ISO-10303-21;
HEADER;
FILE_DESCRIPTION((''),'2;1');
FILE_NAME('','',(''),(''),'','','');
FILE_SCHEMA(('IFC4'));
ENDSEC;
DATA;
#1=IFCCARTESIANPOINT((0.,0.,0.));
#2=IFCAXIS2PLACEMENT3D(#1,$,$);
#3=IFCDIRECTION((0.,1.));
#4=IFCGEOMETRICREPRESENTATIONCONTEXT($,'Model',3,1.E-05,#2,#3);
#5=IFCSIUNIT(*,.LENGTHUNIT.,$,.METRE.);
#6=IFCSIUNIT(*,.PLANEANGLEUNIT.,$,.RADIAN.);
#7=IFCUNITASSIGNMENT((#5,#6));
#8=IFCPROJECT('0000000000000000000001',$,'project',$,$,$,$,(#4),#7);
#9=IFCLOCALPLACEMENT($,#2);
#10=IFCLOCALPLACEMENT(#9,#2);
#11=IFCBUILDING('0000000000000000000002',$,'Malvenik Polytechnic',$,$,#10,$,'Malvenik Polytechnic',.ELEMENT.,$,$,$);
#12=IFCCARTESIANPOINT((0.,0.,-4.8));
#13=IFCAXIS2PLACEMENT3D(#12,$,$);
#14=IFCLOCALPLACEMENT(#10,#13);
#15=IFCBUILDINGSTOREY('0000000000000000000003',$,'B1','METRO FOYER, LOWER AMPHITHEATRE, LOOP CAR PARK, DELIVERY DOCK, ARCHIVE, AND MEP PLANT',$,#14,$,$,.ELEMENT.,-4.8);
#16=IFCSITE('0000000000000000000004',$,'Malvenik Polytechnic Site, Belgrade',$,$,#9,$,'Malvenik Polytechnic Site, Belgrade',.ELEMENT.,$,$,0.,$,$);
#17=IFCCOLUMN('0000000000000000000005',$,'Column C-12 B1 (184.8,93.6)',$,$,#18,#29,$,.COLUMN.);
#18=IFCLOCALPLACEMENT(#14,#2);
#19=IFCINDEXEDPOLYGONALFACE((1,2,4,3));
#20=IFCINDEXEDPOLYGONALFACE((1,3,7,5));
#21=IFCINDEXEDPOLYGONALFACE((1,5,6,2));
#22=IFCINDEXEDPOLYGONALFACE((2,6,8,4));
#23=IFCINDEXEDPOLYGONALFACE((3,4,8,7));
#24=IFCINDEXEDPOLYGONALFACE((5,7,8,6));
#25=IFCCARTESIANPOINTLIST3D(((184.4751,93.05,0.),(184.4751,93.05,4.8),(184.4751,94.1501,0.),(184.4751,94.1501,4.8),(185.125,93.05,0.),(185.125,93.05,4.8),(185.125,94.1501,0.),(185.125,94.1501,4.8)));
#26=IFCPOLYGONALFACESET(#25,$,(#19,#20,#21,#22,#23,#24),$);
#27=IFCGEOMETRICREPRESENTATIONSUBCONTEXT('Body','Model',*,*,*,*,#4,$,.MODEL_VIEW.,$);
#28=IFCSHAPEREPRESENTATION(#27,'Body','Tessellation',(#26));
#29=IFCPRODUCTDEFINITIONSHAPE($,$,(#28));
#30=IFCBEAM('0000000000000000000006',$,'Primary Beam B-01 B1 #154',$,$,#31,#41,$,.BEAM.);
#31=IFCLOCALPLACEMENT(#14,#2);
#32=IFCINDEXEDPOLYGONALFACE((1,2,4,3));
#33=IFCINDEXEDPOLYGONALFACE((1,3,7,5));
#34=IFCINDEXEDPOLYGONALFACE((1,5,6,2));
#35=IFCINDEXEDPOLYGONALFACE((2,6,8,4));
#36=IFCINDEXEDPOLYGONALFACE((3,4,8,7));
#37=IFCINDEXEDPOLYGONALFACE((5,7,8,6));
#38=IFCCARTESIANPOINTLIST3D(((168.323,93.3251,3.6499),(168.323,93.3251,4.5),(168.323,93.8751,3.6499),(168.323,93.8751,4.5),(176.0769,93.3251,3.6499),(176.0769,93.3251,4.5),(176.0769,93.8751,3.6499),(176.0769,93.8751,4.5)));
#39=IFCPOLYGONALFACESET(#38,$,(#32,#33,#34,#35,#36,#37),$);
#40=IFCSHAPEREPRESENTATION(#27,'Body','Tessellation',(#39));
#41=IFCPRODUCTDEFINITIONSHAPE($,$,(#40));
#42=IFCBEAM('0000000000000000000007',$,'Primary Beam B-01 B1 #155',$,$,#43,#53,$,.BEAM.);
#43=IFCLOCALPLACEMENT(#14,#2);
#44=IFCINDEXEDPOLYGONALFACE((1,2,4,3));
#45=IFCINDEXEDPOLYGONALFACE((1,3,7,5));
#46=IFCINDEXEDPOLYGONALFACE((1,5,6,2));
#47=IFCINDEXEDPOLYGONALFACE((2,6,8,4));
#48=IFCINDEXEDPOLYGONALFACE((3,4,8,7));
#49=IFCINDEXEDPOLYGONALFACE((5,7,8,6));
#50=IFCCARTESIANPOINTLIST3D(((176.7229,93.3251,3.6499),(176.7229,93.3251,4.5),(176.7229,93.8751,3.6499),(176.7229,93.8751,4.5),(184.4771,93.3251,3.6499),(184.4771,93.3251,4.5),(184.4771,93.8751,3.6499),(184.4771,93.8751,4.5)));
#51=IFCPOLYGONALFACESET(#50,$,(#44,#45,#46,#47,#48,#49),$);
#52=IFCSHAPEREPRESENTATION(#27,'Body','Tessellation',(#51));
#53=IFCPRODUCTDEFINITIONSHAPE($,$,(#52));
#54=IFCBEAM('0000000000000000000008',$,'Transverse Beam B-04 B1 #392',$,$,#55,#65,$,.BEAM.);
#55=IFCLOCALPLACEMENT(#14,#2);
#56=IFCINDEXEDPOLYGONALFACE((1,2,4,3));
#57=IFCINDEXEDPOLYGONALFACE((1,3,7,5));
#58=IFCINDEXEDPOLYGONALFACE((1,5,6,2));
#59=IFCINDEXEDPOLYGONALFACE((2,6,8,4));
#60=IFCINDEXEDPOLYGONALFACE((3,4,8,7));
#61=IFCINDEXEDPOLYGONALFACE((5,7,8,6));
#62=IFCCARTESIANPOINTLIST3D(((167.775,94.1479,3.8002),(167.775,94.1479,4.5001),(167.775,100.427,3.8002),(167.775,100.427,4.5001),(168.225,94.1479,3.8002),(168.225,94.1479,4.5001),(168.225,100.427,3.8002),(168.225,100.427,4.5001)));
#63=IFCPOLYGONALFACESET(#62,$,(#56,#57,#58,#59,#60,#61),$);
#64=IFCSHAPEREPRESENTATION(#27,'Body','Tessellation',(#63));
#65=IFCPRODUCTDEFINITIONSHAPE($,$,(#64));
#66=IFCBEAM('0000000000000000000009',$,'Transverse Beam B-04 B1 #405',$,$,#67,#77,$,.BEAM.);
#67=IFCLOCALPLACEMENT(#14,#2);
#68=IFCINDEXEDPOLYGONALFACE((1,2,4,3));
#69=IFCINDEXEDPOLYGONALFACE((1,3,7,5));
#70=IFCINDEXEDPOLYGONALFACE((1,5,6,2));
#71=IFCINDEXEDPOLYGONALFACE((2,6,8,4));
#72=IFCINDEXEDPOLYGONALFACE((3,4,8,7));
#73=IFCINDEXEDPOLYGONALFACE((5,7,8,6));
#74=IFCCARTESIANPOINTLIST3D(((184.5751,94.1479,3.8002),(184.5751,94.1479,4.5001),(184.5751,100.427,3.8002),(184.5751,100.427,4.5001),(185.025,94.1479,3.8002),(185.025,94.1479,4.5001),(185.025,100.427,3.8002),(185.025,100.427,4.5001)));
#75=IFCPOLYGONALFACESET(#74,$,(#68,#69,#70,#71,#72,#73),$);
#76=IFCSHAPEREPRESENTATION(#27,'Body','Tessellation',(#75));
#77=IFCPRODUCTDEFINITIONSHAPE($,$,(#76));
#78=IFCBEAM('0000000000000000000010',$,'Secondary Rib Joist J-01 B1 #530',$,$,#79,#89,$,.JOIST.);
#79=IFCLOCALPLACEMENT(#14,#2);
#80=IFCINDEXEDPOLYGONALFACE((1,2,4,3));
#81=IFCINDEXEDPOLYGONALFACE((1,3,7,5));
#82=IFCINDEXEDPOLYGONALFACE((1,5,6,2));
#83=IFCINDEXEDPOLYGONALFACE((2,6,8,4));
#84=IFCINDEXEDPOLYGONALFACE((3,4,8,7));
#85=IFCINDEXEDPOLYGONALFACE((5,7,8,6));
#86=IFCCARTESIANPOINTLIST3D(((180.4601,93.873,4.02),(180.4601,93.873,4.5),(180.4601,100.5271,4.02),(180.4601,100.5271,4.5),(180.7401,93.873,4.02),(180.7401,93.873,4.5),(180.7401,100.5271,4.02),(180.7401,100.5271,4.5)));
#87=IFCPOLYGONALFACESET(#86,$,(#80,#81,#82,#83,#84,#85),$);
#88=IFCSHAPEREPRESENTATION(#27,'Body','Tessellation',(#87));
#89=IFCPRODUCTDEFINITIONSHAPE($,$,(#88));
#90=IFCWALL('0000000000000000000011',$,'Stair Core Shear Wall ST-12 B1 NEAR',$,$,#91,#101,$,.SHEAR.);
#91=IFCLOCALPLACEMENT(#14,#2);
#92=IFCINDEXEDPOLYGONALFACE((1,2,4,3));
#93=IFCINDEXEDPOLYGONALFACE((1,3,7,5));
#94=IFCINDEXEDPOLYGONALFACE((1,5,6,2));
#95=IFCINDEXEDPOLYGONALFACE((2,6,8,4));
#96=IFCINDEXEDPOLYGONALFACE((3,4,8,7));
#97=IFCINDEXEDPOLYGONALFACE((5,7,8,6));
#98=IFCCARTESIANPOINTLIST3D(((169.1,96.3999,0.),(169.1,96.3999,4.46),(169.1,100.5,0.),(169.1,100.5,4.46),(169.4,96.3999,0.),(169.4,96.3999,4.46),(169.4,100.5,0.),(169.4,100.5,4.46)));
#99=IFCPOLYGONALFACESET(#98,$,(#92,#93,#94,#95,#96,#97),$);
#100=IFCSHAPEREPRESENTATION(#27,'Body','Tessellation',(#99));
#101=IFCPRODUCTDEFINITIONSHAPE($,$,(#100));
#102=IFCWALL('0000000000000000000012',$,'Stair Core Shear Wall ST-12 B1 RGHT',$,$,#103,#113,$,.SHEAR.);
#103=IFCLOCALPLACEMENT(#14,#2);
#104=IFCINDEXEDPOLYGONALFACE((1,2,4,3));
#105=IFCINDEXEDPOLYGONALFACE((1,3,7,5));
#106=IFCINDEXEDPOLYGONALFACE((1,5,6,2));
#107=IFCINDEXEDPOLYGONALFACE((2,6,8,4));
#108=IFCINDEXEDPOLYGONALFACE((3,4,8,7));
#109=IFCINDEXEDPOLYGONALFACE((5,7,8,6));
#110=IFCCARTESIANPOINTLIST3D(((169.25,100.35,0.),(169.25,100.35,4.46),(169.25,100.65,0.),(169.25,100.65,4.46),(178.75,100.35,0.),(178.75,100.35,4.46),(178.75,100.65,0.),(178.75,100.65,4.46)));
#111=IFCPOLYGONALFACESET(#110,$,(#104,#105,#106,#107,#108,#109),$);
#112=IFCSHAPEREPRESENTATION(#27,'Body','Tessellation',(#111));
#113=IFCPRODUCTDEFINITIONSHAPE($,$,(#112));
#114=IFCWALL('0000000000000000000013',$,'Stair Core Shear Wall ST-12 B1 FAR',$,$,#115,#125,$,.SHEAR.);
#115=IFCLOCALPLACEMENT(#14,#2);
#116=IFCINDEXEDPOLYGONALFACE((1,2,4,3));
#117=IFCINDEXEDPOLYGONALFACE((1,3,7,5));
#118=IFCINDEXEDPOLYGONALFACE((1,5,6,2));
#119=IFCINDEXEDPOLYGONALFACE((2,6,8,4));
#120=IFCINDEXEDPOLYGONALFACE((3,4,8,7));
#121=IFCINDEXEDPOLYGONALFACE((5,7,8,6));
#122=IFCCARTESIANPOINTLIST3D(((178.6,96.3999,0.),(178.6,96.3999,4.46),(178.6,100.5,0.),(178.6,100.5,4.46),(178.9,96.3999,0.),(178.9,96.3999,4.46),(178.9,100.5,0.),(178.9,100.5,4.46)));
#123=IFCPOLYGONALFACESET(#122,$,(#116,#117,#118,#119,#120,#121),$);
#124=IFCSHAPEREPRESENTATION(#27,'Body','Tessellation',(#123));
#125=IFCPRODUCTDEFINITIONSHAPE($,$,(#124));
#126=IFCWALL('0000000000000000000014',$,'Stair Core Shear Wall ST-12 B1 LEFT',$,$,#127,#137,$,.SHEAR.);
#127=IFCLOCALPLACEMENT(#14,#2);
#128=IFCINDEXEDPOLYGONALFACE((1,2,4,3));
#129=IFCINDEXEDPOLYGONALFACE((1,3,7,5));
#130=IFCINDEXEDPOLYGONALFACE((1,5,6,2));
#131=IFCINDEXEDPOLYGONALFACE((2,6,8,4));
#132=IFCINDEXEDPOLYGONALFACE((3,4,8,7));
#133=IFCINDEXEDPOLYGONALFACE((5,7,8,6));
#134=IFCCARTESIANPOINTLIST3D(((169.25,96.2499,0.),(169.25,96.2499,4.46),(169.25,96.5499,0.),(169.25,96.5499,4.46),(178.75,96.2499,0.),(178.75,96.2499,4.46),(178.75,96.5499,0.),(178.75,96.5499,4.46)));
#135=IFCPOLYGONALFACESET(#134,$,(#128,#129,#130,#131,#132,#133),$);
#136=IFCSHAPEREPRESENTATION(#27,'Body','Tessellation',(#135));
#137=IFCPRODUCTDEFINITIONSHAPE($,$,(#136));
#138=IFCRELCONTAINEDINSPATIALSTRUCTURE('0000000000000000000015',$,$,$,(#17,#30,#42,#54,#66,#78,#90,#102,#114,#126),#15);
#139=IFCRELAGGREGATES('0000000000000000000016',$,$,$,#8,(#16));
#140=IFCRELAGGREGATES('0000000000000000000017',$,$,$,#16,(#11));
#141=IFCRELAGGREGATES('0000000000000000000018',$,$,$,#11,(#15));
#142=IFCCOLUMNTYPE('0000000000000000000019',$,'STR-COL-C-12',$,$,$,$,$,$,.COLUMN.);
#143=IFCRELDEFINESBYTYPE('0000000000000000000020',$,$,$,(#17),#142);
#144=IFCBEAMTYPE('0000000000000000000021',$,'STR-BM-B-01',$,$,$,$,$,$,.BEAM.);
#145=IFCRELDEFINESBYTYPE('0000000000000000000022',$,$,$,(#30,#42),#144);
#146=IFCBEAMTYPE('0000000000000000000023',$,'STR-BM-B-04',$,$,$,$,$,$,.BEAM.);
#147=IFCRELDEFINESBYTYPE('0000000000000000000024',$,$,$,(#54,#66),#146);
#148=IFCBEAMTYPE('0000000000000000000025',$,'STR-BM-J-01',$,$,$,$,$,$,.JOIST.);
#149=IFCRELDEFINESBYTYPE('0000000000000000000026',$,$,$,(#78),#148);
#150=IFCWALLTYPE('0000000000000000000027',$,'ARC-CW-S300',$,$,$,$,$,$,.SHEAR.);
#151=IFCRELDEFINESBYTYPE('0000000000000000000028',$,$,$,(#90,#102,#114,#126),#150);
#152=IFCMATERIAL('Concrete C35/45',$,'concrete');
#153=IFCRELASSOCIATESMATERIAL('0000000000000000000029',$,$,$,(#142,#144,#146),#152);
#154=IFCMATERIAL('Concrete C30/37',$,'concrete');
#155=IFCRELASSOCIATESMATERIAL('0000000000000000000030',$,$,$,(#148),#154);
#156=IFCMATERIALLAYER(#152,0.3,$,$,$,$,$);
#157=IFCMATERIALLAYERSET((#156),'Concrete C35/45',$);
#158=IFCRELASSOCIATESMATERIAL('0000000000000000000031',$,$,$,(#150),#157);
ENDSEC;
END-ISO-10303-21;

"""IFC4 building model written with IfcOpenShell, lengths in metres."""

from ifc_helpers import new_model, si_unit, direction, frame, frame_2d, origin, origin_2d, place, context, subcontext, project, spatial, rectangle, extrude, material, layer, layer_set, material_profile, profile_set, type_object, element, save


model = new_model("IFC4")

# Units and contexts
model_context = context("Model", 3, precision=1e-05, world=origin(), true_north=direction((0.0, 1.0)))
body_context = subcontext(model_context, "Body", "Model", "MODEL_VIEW")
ifc_project = project(units=[si_unit("LENGTHUNIT", "METRE"), si_unit("PLANEANGLEUNIT", "RADIAN")], contexts=[model_context])

# Site, building, storey
site_placement = place(None, origin())
site = spatial("IfcSite", under=ifc_project, at=site_placement, Name="Malvenik Polytechnic Site, Belgrade", LongName="Malvenik Polytechnic Site, Belgrade", CompositionType="ELEMENT", RefElevation=0.0)
building_placement = place(site_placement, origin())
building = spatial("IfcBuilding", under=site, at=building_placement, Name="Malvenik Polytechnic", LongName="Malvenik Polytechnic", CompositionType="ELEMENT")
storey_placement = place(building_placement, frame((0.0, 0.0, -4.8)))
storey = spatial("IfcBuildingStorey", under=building, at=storey_placement, Name="B1", Description="METRO FOYER, LOWER AMPHITHEATRE, LOOP CAR PARK, DELIVERY DOCK, ARCHIVE, AND MEP PLANT", CompositionType="ELEMENT", Elevation=-4.8)

# Shared definitions
ifc_material_1 = material(Name="Concrete C35/45", Category="concrete")

# Column
ifc_material_profile_1 = material_profile(ifc_material_1, rectangle(XDim=0.6499, YDim=1.1001, at=origin_2d()), Name="RC COL 1100x650")
ifc_profile_set_1 = profile_set([ifc_material_profile_1], Name="Concrete C35/45")
column_type_1 = type_object("IfcColumnType", Name="STR-COL-C-12", PredefinedType="COLUMN", material=ifc_profile_set_1)
for number, where, z_axis, x_axis, name in (
    (1, (184.8, 93.6001, 0.0), (0.0, 0.0, 1.0), (1.0, 0.0, 0.0), "Column C-12 B1 (184.8,93.6)"),
):
    element("IfcColumn", number, at=place(storey_placement, frame(where, z_axis=z_axis, x_axis=x_axis)), inside=storey, type_object=column_type_1, Name=name, PredefinedType="COLUMN", context=body_context, shape_type="SweptSolid", body=[
        extrude(rectangle(XDim=0.6499, YDim=1.1001, at=origin_2d()), origin(), (0.0, 0.0, 1.0), 4.8),
    ])

# Beams
ifc_material_profile_2 = material_profile(ifc_material_1, rectangle(XDim=0.55, YDim=0.8501, at=origin_2d()), Name="RC BM 550x850")
ifc_profile_set_2 = profile_set([ifc_material_profile_2], Name="Concrete C35/45")
beam_type_1 = type_object("IfcBeamType", Name="STR-BM-B-01", PredefinedType="BEAM", material=ifc_profile_set_2)
beam_1_placement = place(storey_placement, frame((168.323, 93.6001, 4.075), z_axis=(1.0, 0.0, 0.0), x_axis=(0.0, 1.0, 0.0)))
element("IfcBeam", 2, at=beam_1_placement, inside=storey, type_object=beam_type_1, Name="Primary Beam B-01 B1 #154", PredefinedType="BEAM", context=body_context, shape_type="SweptSolid", body=[
    extrude(rectangle(XDim=0.55, YDim=0.8501, at=origin_2d()), origin(), (0.0, 0.0, 1.0), 7.7539),
])
beam_2_placement = place(storey_placement, frame((176.7229, 93.6001, 4.075), z_axis=(1.0, 0.0, 0.0), x_axis=(0.0, 1.0, 0.0)))
element("IfcBeam", 3, at=beam_2_placement, inside=storey, type_object=beam_type_1, Name="Primary Beam B-01 B1 #155", PredefinedType="BEAM", context=body_context, shape_type="SweptSolid", body=[
    extrude(rectangle(XDim=0.55, YDim=0.8501, at=origin_2d()), origin(), (0.0, 0.0, 1.0), 7.7542),
])
ifc_material_profile_3 = material_profile(ifc_material_1, rectangle(XDim=0.45, YDim=0.7, at=origin_2d()), Name="RC BM 450x700")
ifc_profile_set_3 = profile_set([ifc_material_profile_3], Name="Concrete C35/45")
beam_type_2 = type_object("IfcBeamType", Name="STR-BM-B-04", PredefinedType="BEAM", material=ifc_profile_set_3)
for number, where, z_axis, x_axis, name in (
    (4, (168.0, 94.1479, 4.1501), (0.0, 1.0, 0.0), (-1.0, 0.0, 0.0), "Transverse Beam B-04 B1 #392"),
    (5, (184.8, 94.1479, 4.1501), (0.0, 1.0, 0.0), (-1.0, 0.0, 0.0), "Transverse Beam B-04 B1 #405"),
):
    element("IfcBeam", number, at=place(storey_placement, frame(where, z_axis=z_axis, x_axis=x_axis)), inside=storey, type_object=beam_type_2, Name=name, PredefinedType="BEAM", context=body_context, shape_type="SweptSolid", body=[
        extrude(rectangle(XDim=0.45, YDim=0.7, at=origin_2d()), origin(), (0.0, 0.0, 1.0), 6.2791),
    ])
ifc_material_2 = material(Name="Concrete C30/37", Category="concrete")
ifc_material_profile_4 = material_profile(ifc_material_2, rectangle(XDim=0.28, YDim=0.48, at=origin_2d()), Name="RC JST 280x480")
ifc_profile_set_4 = profile_set([ifc_material_profile_4], Name="Concrete C30/37")
beam_type_3 = type_object("IfcBeamType", Name="STR-BM-J-01", PredefinedType="JOIST", material=ifc_profile_set_4)
beam_3_placement = place(storey_placement, frame((180.6001, 93.873, 4.26), z_axis=(0.0, 1.0, 0.0), x_axis=(-1.0, 0.0, 0.0)))
element("IfcBeam", 6, at=beam_3_placement, inside=storey, type_object=beam_type_3, Name="Secondary Rib Joist J-01 B1 #530", PredefinedType="JOIST", context=body_context, shape_type="SweptSolid", body=[
    extrude(rectangle(XDim=0.28, YDim=0.48, at=origin_2d()), origin(), (0.0, 0.0, 1.0), 6.6541),
])

# Walls
ifc_layer = layer(ifc_material_1, 0.3)
ifc_layer_set = layer_set([ifc_layer], Name="Concrete C35/45")
wall_type = type_object("IfcWallType", Name="ARC-CW-S300", PredefinedType="SHEAR", material=ifc_layer_set)
wall_1_placement = place(storey_placement, frame((169.25, 96.3999, 0.0), z_axis=(0.0, 0.0, 1.0), x_axis=(0.0, 1.0, 0.0)))
element("IfcWall", 7, at=wall_1_placement, inside=storey, type_object=wall_type, Name="Stair Core Shear Wall ST-12 B1 NEAR", PredefinedType="SHEAR", context=body_context, shape_type="SweptSolid", body=[
    extrude(rectangle(XDim=4.1001, YDim=0.3, at=frame_2d((2.05, 0.0))), origin(), (0.0, 0.0, 1.0), 4.46),
])
wall_2_placement = place(storey_placement, frame((169.25, 100.5, 0.0), z_axis=(0.0, 0.0, 1.0), x_axis=(1.0, 0.0, 0.0)))
element("IfcWall", 8, at=wall_2_placement, inside=storey, type_object=wall_type, Name="Stair Core Shear Wall ST-12 B1 RGHT", PredefinedType="SHEAR", context=body_context, shape_type="SweptSolid", body=[
    extrude(rectangle(XDim=9.5, YDim=0.3, at=frame_2d((4.75, 0.0))), origin(), (0.0, 0.0, 1.0), 4.46),
])
wall_3_placement = place(storey_placement, frame((178.75, 100.5, 0.0), z_axis=(0.0, 0.0, 1.0), x_axis=(0.0, -1.0, 0.0)))
element("IfcWall", 9, at=wall_3_placement, inside=storey, type_object=wall_type, Name="Stair Core Shear Wall ST-12 B1 FAR", PredefinedType="SHEAR", context=body_context, shape_type="SweptSolid", body=[
    extrude(rectangle(XDim=4.1001, YDim=0.3, at=frame_2d((2.05, 0.0))), origin(), (0.0, 0.0, 1.0), 4.46),
])
wall_4_placement = place(storey_placement, frame((178.75, 96.3999, 0.0), z_axis=(0.0, 0.0, 1.0), x_axis=(-1.0, 0.0, 0.0)))
element("IfcWall", 10, at=wall_4_placement, inside=storey, type_object=wall_type, Name="Stair Core Shear Wall ST-12 B1 LEFT", PredefinedType="SHEAR", context=body_context, shape_type="SweptSolid", body=[
    extrude(rectangle(XDim=9.5, YDim=0.3, at=frame_2d((4.75, 0.0))), origin(), (0.0, 0.0, 1.0), 4.46),
])

save(model, "model.ifc")
